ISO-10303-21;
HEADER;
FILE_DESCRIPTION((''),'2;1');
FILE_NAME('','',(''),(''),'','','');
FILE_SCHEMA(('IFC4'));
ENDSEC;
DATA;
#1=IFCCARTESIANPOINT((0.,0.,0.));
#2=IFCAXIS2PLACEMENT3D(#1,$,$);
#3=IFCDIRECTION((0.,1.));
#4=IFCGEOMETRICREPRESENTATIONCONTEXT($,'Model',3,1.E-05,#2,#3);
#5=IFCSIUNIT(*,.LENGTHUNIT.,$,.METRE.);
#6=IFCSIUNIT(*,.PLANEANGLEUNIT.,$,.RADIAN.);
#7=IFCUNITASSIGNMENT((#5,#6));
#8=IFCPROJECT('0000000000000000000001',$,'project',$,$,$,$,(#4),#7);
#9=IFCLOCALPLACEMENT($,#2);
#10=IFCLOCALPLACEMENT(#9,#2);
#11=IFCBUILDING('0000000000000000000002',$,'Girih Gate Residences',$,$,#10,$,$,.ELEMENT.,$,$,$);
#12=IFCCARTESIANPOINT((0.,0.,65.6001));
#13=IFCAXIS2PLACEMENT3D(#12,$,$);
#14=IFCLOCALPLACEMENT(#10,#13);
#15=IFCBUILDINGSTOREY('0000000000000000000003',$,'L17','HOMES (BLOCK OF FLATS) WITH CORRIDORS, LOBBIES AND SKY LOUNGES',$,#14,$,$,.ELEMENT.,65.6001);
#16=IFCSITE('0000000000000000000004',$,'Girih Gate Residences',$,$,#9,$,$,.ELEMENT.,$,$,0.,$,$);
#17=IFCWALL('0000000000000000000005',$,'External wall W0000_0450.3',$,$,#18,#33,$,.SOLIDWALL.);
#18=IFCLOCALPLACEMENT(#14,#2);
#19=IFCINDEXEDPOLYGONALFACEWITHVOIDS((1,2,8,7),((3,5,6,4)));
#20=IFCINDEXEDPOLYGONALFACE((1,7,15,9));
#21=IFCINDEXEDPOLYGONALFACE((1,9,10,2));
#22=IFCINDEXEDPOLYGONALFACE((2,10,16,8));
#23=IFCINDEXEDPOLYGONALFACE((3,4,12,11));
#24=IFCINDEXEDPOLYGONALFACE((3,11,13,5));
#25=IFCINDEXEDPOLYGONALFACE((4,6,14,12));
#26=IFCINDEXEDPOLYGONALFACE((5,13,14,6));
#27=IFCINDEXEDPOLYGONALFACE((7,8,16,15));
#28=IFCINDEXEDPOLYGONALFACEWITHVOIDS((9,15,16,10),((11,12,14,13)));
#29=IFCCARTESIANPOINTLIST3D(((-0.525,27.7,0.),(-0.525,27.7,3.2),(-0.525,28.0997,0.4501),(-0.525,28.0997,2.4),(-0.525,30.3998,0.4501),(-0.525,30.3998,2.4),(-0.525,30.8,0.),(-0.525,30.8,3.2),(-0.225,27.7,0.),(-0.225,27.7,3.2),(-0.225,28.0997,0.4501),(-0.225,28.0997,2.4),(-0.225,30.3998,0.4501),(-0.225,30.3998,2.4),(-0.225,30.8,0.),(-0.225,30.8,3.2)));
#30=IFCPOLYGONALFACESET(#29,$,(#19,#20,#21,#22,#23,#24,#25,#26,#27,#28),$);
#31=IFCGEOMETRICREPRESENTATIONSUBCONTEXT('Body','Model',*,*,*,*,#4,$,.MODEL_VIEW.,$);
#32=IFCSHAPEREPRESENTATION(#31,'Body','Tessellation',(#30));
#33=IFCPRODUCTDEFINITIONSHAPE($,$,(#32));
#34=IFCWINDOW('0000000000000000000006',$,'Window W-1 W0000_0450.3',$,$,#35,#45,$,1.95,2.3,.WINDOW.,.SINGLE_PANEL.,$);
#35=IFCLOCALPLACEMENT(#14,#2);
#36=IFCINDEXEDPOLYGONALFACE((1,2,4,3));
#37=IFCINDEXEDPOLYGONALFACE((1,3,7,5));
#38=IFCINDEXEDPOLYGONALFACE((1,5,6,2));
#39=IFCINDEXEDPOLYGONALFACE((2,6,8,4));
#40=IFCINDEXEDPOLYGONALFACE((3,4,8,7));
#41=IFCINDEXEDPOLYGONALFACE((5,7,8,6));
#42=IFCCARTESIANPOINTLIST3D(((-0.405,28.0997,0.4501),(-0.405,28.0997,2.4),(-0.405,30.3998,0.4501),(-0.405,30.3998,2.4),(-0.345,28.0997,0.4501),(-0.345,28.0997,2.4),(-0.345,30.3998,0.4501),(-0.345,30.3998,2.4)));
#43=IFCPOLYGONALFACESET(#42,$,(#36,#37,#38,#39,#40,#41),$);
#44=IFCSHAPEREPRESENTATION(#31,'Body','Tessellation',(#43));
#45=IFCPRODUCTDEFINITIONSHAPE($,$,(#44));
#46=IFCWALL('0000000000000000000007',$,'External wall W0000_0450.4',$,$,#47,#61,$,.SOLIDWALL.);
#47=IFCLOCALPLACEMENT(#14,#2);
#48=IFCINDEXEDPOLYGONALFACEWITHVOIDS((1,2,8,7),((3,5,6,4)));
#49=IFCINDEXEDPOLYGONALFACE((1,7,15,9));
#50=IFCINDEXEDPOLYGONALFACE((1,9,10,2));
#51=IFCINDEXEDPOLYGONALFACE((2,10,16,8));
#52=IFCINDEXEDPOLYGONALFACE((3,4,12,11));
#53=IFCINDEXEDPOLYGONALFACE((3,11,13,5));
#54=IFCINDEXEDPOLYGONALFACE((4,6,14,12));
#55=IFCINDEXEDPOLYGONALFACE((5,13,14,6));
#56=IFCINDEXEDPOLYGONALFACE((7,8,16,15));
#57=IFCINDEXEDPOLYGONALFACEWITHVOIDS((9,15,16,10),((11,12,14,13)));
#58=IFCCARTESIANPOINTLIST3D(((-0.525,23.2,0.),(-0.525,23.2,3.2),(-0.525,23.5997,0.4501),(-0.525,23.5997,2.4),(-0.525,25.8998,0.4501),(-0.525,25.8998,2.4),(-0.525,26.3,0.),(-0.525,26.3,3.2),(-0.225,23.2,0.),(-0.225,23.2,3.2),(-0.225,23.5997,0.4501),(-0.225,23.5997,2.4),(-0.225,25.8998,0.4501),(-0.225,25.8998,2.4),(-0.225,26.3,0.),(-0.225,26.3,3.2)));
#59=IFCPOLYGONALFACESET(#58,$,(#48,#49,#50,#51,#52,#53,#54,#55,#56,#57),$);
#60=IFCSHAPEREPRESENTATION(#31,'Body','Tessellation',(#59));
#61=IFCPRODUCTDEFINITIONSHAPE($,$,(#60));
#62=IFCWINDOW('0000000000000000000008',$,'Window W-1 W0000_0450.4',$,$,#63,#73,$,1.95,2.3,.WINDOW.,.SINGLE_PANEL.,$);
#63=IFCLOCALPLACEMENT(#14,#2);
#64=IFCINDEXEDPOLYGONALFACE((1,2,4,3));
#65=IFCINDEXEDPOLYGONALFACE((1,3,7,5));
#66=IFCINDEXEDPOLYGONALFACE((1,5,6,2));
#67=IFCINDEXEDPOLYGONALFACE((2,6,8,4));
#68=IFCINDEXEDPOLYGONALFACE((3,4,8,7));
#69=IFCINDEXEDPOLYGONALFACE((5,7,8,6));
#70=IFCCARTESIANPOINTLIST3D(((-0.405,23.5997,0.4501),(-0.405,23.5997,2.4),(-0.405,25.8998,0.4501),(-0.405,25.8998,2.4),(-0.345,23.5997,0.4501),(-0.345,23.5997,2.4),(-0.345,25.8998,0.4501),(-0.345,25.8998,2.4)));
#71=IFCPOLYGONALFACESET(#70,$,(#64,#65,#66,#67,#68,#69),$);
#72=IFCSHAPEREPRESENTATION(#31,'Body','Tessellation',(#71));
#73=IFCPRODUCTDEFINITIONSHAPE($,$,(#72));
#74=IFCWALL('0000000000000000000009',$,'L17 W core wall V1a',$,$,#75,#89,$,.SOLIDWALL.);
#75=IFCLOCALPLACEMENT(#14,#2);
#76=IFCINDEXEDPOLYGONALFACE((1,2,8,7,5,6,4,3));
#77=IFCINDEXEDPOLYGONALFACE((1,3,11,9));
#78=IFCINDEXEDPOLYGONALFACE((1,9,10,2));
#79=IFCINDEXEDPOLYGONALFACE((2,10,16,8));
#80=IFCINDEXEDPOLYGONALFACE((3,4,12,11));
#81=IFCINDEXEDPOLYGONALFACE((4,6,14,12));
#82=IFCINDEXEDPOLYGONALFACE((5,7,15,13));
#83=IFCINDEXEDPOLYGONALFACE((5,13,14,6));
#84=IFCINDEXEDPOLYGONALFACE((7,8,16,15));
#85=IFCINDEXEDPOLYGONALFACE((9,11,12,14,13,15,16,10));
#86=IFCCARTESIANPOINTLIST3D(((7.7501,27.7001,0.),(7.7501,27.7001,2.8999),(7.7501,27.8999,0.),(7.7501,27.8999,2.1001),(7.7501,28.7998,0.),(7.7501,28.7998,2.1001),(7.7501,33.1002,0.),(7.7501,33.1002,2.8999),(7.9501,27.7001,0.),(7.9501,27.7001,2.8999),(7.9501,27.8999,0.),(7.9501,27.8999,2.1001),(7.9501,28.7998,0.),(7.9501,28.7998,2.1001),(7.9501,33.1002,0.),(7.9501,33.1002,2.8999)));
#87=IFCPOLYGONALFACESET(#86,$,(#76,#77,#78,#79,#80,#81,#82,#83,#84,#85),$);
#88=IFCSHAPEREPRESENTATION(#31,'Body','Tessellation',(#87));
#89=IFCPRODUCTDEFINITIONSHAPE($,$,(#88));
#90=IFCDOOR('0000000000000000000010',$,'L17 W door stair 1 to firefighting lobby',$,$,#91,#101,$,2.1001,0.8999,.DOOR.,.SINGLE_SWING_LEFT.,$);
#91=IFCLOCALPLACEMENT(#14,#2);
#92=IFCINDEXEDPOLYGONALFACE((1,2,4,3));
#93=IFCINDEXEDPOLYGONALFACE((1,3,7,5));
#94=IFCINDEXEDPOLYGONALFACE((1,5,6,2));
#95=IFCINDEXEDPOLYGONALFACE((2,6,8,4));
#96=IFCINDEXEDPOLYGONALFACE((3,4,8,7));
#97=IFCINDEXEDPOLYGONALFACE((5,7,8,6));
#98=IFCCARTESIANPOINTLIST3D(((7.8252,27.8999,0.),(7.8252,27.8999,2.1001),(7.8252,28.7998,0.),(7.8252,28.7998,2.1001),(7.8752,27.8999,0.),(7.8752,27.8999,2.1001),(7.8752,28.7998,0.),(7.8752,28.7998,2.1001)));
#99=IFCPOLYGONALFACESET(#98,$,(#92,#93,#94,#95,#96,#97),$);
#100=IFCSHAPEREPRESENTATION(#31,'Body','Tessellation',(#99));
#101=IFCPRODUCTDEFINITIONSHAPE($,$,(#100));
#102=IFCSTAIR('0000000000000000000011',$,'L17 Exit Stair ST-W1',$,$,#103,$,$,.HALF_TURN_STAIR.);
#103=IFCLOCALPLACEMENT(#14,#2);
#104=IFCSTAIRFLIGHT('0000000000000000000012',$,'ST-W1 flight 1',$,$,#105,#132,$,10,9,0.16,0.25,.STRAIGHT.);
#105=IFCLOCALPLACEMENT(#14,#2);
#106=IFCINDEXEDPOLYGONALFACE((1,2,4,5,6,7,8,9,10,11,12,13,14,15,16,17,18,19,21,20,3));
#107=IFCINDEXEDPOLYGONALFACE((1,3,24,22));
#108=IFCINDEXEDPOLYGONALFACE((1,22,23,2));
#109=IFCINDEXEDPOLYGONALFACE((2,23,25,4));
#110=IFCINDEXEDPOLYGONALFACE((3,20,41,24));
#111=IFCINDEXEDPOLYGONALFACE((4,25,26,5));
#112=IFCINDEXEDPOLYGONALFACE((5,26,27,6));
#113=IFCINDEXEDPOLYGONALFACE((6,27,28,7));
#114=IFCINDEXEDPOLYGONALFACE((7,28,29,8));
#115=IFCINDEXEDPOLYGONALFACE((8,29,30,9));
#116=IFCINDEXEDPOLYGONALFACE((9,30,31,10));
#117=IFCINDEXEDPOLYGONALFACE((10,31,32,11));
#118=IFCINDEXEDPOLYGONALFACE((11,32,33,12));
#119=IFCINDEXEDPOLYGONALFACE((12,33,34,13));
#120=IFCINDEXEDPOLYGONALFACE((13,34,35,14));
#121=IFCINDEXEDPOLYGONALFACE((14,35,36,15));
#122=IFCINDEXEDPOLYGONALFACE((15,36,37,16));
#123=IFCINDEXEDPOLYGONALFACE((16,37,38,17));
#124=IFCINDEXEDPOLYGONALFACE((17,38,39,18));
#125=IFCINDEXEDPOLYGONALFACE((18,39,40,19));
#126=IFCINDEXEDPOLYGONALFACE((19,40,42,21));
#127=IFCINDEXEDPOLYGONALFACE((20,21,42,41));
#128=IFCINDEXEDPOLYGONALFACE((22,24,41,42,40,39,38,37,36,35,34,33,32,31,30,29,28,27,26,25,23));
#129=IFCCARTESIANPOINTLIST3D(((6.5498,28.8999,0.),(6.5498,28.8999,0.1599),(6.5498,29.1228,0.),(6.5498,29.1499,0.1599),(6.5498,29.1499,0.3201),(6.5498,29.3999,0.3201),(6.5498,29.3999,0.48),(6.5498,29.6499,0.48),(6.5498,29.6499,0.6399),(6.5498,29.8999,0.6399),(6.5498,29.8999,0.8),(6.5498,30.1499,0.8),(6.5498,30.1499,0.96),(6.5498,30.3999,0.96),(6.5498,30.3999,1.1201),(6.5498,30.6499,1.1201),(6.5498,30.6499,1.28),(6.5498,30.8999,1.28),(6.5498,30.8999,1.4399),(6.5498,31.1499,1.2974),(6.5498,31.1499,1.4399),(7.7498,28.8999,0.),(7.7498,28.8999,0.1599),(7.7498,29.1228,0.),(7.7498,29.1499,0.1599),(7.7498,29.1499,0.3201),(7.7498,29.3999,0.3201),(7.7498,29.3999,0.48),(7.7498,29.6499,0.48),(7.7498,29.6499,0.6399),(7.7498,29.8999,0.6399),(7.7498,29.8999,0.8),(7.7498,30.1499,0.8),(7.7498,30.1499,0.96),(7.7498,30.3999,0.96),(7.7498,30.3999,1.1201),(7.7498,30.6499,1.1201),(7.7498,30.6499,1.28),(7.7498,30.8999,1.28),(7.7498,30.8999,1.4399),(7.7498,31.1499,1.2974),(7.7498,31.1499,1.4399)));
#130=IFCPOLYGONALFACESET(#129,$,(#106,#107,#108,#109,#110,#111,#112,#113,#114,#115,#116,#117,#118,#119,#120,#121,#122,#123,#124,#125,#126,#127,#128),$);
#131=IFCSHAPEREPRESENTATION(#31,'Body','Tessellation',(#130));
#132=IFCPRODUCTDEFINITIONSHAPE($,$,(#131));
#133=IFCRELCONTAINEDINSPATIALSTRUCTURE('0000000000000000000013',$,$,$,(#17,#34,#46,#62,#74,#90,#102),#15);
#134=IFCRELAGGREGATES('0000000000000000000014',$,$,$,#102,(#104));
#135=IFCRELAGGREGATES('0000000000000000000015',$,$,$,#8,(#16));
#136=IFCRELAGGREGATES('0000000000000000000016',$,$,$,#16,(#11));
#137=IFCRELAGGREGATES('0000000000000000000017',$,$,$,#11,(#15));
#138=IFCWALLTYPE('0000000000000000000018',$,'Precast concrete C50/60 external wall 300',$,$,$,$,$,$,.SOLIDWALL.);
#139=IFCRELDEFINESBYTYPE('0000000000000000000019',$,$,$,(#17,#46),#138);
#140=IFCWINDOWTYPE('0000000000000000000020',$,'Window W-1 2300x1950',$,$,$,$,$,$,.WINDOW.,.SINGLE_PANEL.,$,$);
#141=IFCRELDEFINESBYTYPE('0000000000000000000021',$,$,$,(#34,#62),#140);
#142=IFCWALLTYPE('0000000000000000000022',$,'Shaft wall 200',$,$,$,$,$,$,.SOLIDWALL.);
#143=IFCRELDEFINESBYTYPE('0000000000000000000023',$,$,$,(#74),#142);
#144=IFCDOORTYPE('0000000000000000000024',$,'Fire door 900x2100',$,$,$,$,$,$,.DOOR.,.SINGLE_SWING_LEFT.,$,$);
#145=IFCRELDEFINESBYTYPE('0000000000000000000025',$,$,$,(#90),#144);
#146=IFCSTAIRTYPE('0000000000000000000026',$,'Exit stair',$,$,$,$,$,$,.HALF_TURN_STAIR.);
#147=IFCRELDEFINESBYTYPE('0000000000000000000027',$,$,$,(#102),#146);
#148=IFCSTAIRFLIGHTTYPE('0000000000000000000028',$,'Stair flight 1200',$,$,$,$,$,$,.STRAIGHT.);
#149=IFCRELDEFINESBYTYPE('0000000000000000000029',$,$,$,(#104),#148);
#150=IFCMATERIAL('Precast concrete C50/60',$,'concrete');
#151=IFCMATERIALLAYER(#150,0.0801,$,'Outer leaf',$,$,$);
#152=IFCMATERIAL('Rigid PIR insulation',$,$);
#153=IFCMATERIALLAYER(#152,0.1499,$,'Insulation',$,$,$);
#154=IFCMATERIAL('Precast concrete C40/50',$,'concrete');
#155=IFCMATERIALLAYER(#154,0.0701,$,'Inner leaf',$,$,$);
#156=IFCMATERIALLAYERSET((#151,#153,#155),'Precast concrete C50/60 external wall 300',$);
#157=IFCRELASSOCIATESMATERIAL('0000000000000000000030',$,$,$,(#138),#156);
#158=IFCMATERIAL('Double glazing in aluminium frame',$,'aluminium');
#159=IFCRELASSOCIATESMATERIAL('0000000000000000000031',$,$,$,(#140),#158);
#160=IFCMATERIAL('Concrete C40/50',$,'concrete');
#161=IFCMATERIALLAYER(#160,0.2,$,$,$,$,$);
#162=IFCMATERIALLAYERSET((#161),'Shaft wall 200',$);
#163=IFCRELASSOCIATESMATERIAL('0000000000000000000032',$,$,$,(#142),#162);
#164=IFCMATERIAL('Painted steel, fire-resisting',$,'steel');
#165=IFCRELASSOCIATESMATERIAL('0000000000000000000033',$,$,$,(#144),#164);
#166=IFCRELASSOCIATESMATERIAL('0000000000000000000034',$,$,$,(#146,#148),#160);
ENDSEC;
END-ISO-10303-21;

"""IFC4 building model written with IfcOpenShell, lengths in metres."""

from ifc_helpers import new_model, si_unit, direction, frame, frame_2d, origin, place, context, subcontext, project, spatial, polyline, rectangle, outline, extrude, material, layer, layer_set, type_object, element, fill, aggregate, save


model = new_model("IFC4")

# Units and contexts
model_context = context("Model", 3, precision=1e-05, world=origin(), true_north=direction((0.0, 1.0)))
body_context = subcontext(model_context, "Body", "Model", "MODEL_VIEW")
ifc_project = project(units=[si_unit("LENGTHUNIT", "METRE"), si_unit("PLANEANGLEUNIT", "RADIAN")], contexts=[model_context])

# Site, building, storey
site_placement = place(None, origin())
site = spatial("IfcSite", under=ifc_project, at=site_placement, Name="Girih Gate Residences", CompositionType="ELEMENT", RefElevation=0.0)
building_placement = place(site_placement, origin())
building = spatial("IfcBuilding", under=site, at=building_placement, Name="Girih Gate Residences", CompositionType="ELEMENT")
storey_placement = place(building_placement, frame((0.0, 0.0, 65.6001)))
storey = spatial("IfcBuildingStorey", under=building, at=storey_placement, Name="L17", Description="HOMES (BLOCK OF FLATS) WITH CORRIDORS, LOBBIES AND SKY LOUNGES", CompositionType="ELEMENT", Elevation=65.6001)

# Shared definitions
ifc_material_1 = material(Name="Painted steel, fire-resisting", Category="steel")

# Walls, openings, windows
ifc_material_2 = material(Name="Precast concrete C50/60", Category="concrete")
ifc_layer_1 = layer(ifc_material_2, 0.0801, Name="Outer leaf")
ifc_material_3 = material(Name="Rigid PIR insulation")
ifc_layer_2 = layer(ifc_material_3, 0.1499, Name="Insulation")
ifc_material_4 = material(Name="Precast concrete C40/50", Category="concrete")
ifc_layer_3 = layer(ifc_material_4, 0.0701, Name="Inner leaf")
ifc_layer_set_1 = layer_set([ifc_layer_1, ifc_layer_2, ifc_layer_3], Name="Precast concrete C50/60 external wall 300")
wall_type_1 = type_object("IfcWallType", Name="Precast concrete C50/60 external wall 300", PredefinedType="SOLIDWALL", material=ifc_layer_set_1)
wall_1_placement = place(storey_placement, frame((-0.375, 27.7, 0.0), z_axis=(0.0, 0.0, 1.0), x_axis=(0.0, 1.0, 0.0)))
wall_1 = element("IfcWall", 1, at=wall_1_placement, inside=storey, type_object=wall_type_1, Name="External wall W0000_0450.3", PredefinedType="SOLIDWALL", context=body_context, shape_type="SweptSolid", body=[
    extrude(rectangle(XDim=3.1001, YDim=0.3, at=frame_2d((1.55, 0.0))), origin(), (0.0, 0.0, 1.0), 3.2),
])
opening_1_placement = place(wall_1_placement, frame((0.3999, 0.0, 0.45)))
opening_1 = element("IfcOpeningElement", 2, at=opening_1_placement, cuts=wall_1, PredefinedType="OPENING", context=body_context, shape_type="SweptSolid", body=[
    extrude(rectangle(XDim=2.3, YDim=1.95, at=frame_2d((1.1499, 0.9751))), frame((0.0, 0.1599, 0.0), z_axis=(0.0, -1.0, 0.0), x_axis=(1.0, 0.0, 0.0)), (0.0, 0.0, 1.0), 0.3201),
])
ifc_material_5 = material(Name="Double glazing in aluminium frame", Category="aluminium")
window_type = type_object("IfcWindowType", Name="Window W-1 2300x1950", PartitioningType="SINGLE_PANEL", PredefinedType="WINDOW", material=ifc_material_5)
window_1_placement = place(opening_1_placement, origin())
window_1 = element("IfcWindow", 3, at=window_1_placement, inside=storey, type_object=window_type, Name="Window W-1 W0000_0450.3", OverallHeight=1.95, OverallWidth=2.3, PartitioningType="SINGLE_PANEL", PredefinedType="WINDOW", context=body_context, shape_type="SweptSolid", body=[
    extrude(rectangle(XDim=2.3, YDim=1.95, at=frame_2d((1.1499, 0.9751))), frame((0.0, 0.03, 0.0), z_axis=(0.0, -1.0, 0.0), x_axis=(1.0, 0.0, 0.0)), (0.0, 0.0, 1.0), 0.0601),
])
fill(opening_1, window_1)
wall_2_placement = place(storey_placement, frame((-0.375, 23.2, 0.0), z_axis=(0.0, 0.0, 1.0), x_axis=(0.0, 1.0, 0.0)))
wall_2 = element("IfcWall", 4, at=wall_2_placement, inside=storey, type_object=wall_type_1, Name="External wall W0000_0450.4", PredefinedType="SOLIDWALL", context=body_context, shape_type="SweptSolid", body=[
    extrude(rectangle(XDim=3.1001, YDim=0.3, at=frame_2d((1.55, 0.0))), origin(), (0.0, 0.0, 1.0), 3.2),
])
opening_2_placement = place(wall_2_placement, frame((0.3999, 0.0, 0.45)))
opening_2 = element("IfcOpeningElement", 5, at=opening_2_placement, cuts=wall_2, PredefinedType="OPENING", context=body_context, shape_type="SweptSolid", body=[
    extrude(rectangle(XDim=2.3, YDim=1.95, at=frame_2d((1.1499, 0.9751))), frame((0.0, 0.1599, 0.0), z_axis=(0.0, -1.0, 0.0), x_axis=(1.0, 0.0, 0.0)), (0.0, 0.0, 1.0), 0.3201),
])
window_2_placement = place(opening_2_placement, origin())
window_2 = element("IfcWindow", 6, at=window_2_placement, inside=storey, type_object=window_type, Name="Window W-1 W0000_0450.4", OverallHeight=1.95, OverallWidth=2.3, PartitioningType="SINGLE_PANEL", PredefinedType="WINDOW", context=body_context, shape_type="SweptSolid", body=[
    extrude(rectangle(XDim=2.3, YDim=1.95, at=frame_2d((1.1499, 0.9751))), frame((0.0, 0.03, 0.0), z_axis=(0.0, -1.0, 0.0), x_axis=(1.0, 0.0, 0.0)), (0.0, 0.0, 1.0), 0.0601),
])
fill(opening_2, window_2)

# Wall, opening, door
ifc_material_6 = material(Name="Concrete C40/50", Category="concrete")
ifc_layer_4 = layer(ifc_material_6, 0.2)
ifc_layer_set_2 = layer_set([ifc_layer_4], Name="Shaft wall 200")
wall_type_2 = type_object("IfcWallType", Name="Shaft wall 200", PredefinedType="SOLIDWALL", material=ifc_layer_set_2)
wall_3_placement = place(storey_placement, frame((7.8501, 27.7, 0.0), z_axis=(0.0, 0.0, 1.0), x_axis=(0.0, 1.0, 0.0)))
wall_3 = element("IfcWall", 7, at=wall_3_placement, inside=storey, type_object=wall_type_2, Name="L17 W core wall V1a", PredefinedType="SOLIDWALL", context=body_context, shape_type="SweptSolid", body=[
    extrude(rectangle(XDim=5.4001, YDim=0.2, at=frame_2d((2.7002, 0.0))), origin(), (0.0, 0.0, 1.0), 2.8999),
])
opening_3_placement = place(wall_3_placement, frame((0.2, 0.0, 0.0)))
opening_3 = element("IfcOpeningElement", 8, at=opening_3_placement, cuts=wall_3, PredefinedType="OPENING", context=body_context, shape_type="SweptSolid", body=[
    extrude(rectangle(XDim=0.8999, YDim=2.1001, at=frame_2d((0.45, 1.05))), frame((0.0, 0.1099, 0.0), z_axis=(0.0, -1.0, 0.0), x_axis=(1.0, 0.0, 0.0)), (0.0, 0.0, 1.0), 0.22),
])
door_type_1 = type_object("IfcDoorType", Name="Fire door 900x2100", OperationType="SINGLE_SWING_LEFT", PredefinedType="DOOR", material=ifc_material_1)
door_1_placement = place(opening_3_placement, origin())
door_1 = element("IfcDoor", 9, at=door_1_placement, inside=storey, type_object=door_type_1, Name="L17 W door stair 1 to firefighting lobby", OperationType="SINGLE_SWING_LEFT", OverallHeight=2.1001, OverallWidth=0.8999, PredefinedType="DOOR", context=body_context, shape_type="SweptSolid", body=[
    extrude(rectangle(XDim=0.8999, YDim=2.1001, at=frame_2d((0.45, 1.05))), frame((0.0, 0.0249, 0.0), z_axis=(0.0, -1.0, 0.0), x_axis=(1.0, 0.0, 0.0)), (0.0, 0.0, 1.0), 0.05),
])
fill(opening_3, door_1)

# Stair, stair flight
stair_type = type_object("IfcStairType", Name="Exit stair", PredefinedType="HALF_TURN_STAIR", material=ifc_material_6)
stair_placement = place(storey_placement, origin())
stair = element("IfcStair", 10, at=stair_placement, inside=storey, type_object=stair_type, Name="L17 Exit Stair ST-W1", PredefinedType="HALF_TURN_STAIR")
stair_flight_type = type_object("IfcStairFlightType", Name="Stair flight 1200", PredefinedType="STRAIGHT", material=ifc_material_6)
stair_flight_placement = place(storey_placement, frame((7.1499, 28.8999, 0.0), z_axis=(0.0, 0.0, 1.0), x_axis=(0.0, 1.0, 0.0)))
stair_flight = element("IfcStairFlight", 11, at=stair_flight_placement, type_object=stair_flight_type, Name="ST-W1 flight 1", NumberOfRisers=10, NumberOfTreads=9, PredefinedType="STRAIGHT", RiserHeight=0.16, TreadLength=0.25, context=body_context, shape_type="SweptSolid", body=[
    extrude(outline(polyline([(0.0, 0.0), (0.0, 0.1599), (0.25, 0.1599), (0.25, 0.3201), (0.5, 0.3201), (0.5, 0.48), (0.75, 0.48), (0.75, 0.6399), (1.0, 0.6399), (1.0, 0.8), (1.25, 0.8), (1.25, 0.96), (1.5, 0.96), (1.5, 1.1201), (1.75, 1.1201), (1.75, 1.28), (2.0, 1.28), (2.0, 1.4399), (2.25, 1.4399), (2.25, 1.6001), (2.25, 1.2974), (0.2229, 0.0), (0.0, 0.0)])), frame((0.0, 0.6001, 0.0), z_axis=(0.0, -1.0, 0.0), x_axis=(1.0, 0.0, 0.0)), (0.0, 0.0, 1.0), 1.2),
])
aggregate(stair, [stair_flight])

save(model, "model.ifc")
